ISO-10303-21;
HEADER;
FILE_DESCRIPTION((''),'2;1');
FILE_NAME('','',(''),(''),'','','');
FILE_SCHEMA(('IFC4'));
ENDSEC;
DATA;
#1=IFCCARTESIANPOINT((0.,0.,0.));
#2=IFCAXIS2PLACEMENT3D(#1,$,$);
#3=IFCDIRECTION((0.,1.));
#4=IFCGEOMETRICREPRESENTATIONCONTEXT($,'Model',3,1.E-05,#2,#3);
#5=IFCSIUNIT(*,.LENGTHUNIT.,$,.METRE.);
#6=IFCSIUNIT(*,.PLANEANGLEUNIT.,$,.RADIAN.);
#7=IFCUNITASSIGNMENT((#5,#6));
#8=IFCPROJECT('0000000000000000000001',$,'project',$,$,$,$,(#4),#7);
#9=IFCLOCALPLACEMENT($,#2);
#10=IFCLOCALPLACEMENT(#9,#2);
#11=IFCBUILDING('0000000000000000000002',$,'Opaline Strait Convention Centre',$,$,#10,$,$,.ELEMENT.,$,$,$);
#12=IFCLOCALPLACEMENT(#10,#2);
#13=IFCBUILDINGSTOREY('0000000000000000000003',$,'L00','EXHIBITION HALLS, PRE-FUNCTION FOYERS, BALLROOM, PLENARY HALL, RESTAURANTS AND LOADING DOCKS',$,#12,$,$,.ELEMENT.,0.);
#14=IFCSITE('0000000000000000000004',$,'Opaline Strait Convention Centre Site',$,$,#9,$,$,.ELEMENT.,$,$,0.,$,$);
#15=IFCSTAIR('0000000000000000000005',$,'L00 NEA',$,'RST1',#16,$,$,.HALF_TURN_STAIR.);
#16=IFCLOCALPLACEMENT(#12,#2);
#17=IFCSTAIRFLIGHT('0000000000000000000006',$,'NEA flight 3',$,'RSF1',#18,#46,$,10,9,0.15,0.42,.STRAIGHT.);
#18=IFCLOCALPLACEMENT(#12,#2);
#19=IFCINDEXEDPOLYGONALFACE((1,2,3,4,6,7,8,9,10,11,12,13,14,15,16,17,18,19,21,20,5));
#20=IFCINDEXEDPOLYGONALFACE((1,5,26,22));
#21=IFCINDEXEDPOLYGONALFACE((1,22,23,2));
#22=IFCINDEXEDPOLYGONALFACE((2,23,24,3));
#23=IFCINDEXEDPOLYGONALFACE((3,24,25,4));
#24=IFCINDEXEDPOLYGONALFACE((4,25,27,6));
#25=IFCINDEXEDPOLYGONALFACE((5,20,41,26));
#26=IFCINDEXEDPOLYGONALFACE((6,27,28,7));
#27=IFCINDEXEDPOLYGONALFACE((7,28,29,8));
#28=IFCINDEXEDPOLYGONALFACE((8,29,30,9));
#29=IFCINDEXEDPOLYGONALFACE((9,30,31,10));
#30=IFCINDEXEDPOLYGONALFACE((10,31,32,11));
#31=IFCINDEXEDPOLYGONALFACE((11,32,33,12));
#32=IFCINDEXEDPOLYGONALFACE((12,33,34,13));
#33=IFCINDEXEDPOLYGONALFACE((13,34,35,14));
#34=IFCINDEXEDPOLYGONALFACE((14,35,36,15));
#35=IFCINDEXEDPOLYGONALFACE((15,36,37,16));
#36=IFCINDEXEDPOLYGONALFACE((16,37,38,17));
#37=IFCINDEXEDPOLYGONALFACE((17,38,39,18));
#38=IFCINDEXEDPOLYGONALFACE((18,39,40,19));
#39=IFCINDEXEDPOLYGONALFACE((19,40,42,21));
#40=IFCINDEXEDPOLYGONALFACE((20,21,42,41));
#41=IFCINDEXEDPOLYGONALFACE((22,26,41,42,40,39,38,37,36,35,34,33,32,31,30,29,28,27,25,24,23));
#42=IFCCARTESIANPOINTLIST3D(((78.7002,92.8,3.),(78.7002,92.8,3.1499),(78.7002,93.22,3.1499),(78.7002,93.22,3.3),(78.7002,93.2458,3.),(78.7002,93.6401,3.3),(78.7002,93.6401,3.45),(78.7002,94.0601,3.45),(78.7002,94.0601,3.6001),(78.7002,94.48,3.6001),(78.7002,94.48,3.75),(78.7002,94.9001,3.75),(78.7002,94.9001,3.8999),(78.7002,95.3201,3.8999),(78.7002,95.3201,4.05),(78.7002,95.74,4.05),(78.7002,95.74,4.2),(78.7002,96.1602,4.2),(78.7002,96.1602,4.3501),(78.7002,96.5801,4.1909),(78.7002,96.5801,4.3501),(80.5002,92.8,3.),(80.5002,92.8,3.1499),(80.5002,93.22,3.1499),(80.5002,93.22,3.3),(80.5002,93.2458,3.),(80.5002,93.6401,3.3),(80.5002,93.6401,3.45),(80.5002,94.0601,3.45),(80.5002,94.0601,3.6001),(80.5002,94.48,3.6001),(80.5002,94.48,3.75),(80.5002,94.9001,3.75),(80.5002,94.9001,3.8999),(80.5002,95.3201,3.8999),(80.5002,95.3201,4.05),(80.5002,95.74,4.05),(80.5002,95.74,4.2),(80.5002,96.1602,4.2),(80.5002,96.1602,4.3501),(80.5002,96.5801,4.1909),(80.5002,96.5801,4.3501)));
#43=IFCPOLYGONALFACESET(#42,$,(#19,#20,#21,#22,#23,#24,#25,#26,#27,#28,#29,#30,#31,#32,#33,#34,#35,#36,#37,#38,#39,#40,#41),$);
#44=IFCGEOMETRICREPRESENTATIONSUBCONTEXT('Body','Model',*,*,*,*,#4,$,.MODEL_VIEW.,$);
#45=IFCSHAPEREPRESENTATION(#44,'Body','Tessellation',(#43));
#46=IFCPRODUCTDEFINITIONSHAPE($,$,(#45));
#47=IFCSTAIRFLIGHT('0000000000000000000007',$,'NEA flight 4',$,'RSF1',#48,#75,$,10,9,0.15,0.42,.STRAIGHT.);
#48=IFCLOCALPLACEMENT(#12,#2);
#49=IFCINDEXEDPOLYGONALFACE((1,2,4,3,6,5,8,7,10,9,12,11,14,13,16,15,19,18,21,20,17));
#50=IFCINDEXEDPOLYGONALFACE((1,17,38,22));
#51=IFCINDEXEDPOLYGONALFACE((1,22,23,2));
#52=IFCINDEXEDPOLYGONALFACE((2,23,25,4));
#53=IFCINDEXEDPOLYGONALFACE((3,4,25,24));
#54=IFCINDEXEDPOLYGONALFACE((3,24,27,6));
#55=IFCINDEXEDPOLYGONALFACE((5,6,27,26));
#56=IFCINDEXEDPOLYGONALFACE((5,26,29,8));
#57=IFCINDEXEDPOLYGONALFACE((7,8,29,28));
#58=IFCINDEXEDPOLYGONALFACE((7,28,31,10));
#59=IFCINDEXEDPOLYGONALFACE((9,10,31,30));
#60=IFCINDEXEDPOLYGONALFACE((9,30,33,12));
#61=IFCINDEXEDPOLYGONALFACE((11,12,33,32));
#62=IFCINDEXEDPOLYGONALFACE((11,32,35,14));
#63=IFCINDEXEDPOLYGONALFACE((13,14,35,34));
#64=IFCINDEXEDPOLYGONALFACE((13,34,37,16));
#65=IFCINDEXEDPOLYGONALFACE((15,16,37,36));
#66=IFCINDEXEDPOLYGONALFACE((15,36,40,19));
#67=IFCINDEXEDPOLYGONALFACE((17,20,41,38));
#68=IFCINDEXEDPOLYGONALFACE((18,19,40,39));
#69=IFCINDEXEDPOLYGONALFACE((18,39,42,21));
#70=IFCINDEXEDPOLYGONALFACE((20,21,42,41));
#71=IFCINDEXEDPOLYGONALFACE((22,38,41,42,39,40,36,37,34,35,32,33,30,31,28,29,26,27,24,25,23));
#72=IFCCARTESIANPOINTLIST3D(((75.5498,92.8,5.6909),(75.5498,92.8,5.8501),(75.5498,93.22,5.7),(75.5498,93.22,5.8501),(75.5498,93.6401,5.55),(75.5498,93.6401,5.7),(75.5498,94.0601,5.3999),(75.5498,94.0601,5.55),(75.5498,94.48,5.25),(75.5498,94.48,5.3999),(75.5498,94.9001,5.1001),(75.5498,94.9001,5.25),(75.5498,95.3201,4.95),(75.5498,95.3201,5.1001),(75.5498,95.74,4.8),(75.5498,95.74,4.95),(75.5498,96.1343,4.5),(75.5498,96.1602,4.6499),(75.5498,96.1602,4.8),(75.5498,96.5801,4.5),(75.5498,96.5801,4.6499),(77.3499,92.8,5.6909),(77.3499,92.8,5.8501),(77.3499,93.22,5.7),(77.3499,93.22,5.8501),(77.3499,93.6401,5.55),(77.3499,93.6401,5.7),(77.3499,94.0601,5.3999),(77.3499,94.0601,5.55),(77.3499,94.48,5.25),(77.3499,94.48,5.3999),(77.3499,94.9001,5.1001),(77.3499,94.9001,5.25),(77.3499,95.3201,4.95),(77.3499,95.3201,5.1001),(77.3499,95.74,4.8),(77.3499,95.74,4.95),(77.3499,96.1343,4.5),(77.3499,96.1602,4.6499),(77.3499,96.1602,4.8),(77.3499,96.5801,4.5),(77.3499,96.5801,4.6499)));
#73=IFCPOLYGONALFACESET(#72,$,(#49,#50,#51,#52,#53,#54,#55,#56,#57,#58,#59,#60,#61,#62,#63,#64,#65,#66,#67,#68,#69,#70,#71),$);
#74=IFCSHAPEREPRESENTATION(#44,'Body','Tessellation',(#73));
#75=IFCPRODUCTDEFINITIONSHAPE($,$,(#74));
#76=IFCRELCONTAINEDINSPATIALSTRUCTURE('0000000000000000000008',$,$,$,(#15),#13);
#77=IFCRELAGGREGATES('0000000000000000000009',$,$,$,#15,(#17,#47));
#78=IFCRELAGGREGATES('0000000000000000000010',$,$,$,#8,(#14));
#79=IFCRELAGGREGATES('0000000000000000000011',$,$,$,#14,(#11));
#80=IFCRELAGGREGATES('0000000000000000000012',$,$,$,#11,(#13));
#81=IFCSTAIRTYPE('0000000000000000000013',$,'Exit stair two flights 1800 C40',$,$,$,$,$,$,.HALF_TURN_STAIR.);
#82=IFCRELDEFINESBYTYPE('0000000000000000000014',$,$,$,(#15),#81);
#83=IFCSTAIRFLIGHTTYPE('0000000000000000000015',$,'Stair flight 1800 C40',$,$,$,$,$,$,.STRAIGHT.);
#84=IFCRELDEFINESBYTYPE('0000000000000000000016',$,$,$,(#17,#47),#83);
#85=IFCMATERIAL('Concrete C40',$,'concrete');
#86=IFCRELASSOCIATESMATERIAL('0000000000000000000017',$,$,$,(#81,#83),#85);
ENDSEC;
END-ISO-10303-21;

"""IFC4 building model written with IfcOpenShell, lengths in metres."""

from ifc_helpers import new_model, si_unit, direction, frame, origin, place, context, subcontext, project, spatial, polyline, outline, extrude, material, type_object, element, aggregate, save


model = new_model("IFC4")

# Units and contexts
model_context = context("Model", 3, precision=1e-05, world=origin(), true_north=direction((0.0, 1.0)))
body_context = subcontext(model_context, "Body", "Model", "MODEL_VIEW")
ifc_project = project(units=[si_unit("LENGTHUNIT", "METRE"), si_unit("PLANEANGLEUNIT", "RADIAN")], contexts=[model_context])

# Site, building, storey
site_placement = place(None, origin())
site = spatial("IfcSite", under=ifc_project, at=site_placement, Name="Opaline Strait Convention Centre Site", CompositionType="ELEMENT", RefElevation=0.0)
building_placement = place(site_placement, origin())
building = spatial("IfcBuilding", under=site, at=building_placement, Name="Opaline Strait Convention Centre", CompositionType="ELEMENT")
storey_placement = place(building_placement, origin())
storey = spatial("IfcBuildingStorey", under=building, at=storey_placement, Name="L00", Description="EXHIBITION HALLS, PRE-FUNCTION FOYERS, BALLROOM, PLENARY HALL, RESTAURANTS AND LOADING DOCKS", CompositionType="ELEMENT", Elevation=0.0)

# Shared definitions
ifc_material_1 = material(Name="Concrete C40", Category="concrete")

# Stair, stair flights
stair_type = type_object("IfcStairType", Name="Exit stair two flights 1800 C40", PredefinedType="HALF_TURN_STAIR", material=ifc_material_1)
stair_placement = place(storey_placement, origin())
stair = element("IfcStair", 1, at=stair_placement, inside=storey, type_object=stair_type, Name="L00 NEA", ObjectType="RST1", PredefinedType="HALF_TURN_STAIR")
stair_flight_type = type_object("IfcStairFlightType", Name="Stair flight 1800 C40", PredefinedType="STRAIGHT", material=ifc_material_1)
stair_flight_1_placement = place(storey_placement, frame((79.6001, 92.8, 3.0), z_axis=(0.0, 0.0, 1.0), x_axis=(0.0, 1.0, 0.0)))
stair_flight_1 = element("IfcStairFlight", 2, at=stair_flight_1_placement, type_object=stair_flight_type, Name="NEA flight 3", ObjectType="RSF1", NumberOfRisers=10, NumberOfTreads=9, PredefinedType="STRAIGHT", RiserHeight=0.15, TreadLength=0.42, context=body_context, shape_type="SweptSolid", body=[
    extrude(outline(polyline([(0.0, 0.0), (0.0, 0.1499), (0.4199, 0.1499), (0.4199, 0.3), (0.8401, 0.3), (0.8401, 0.45), (1.26, 0.45), (1.26, 0.6001), (1.6799, 0.6001), (1.6799, 0.75), (2.1001, 0.75), (2.1001, 0.8999), (2.52, 0.8999), (2.52, 1.05), (2.9399, 1.05), (2.9399, 1.2), (3.3601, 1.2), (3.3601, 1.3501), (3.78, 1.3501), (3.78, 1.5), (3.78, 1.1909), (0.4458, 0.0), (0.0, 0.0)])), frame((0.0, 0.8999, 0.0), z_axis=(0.0, -1.0, 0.0), x_axis=(1.0, 0.0, 0.0)), (0.0, 0.0, 1.0), 1.8),
])
stair_flight_2_placement = place(storey_placement, frame((76.45, 96.5801, 4.5), z_axis=(0.0, 0.0, 1.0), x_axis=(0.0, -1.0, 0.0)))
stair_flight_2 = element("IfcStairFlight", 3, at=stair_flight_2_placement, type_object=stair_flight_type, Name="NEA flight 4", ObjectType="RSF1", NumberOfRisers=10, NumberOfTreads=9, PredefinedType="STRAIGHT", RiserHeight=0.15, TreadLength=0.42, context=body_context, shape_type="SweptSolid", body=[
    extrude(outline(polyline([(0.0, 0.0), (0.0, 0.1499), (0.4199, 0.1499), (0.4199, 0.3), (0.8401, 0.3), (0.8401, 0.45), (1.26, 0.45), (1.26, 0.6001), (1.6799, 0.6001), (1.6799, 0.75), (2.1001, 0.75), (2.1001, 0.8999), (2.52, 0.8999), (2.52, 1.05), (2.9399, 1.05), (2.9399, 1.2), (3.3601, 1.2), (3.3601, 1.3501), (3.78, 1.3501), (3.78, 1.5), (3.78, 1.1909), (0.4458, 0.0), (0.0, 0.0)])), frame((0.0, 0.8999, 0.0), z_axis=(0.0, -1.0, 0.0), x_axis=(1.0, 0.0, 0.0)), (0.0, 0.0, 1.0), 1.8),
])
aggregate(stair, [stair_flight_1, stair_flight_2])

save(model, "model.ifc")
